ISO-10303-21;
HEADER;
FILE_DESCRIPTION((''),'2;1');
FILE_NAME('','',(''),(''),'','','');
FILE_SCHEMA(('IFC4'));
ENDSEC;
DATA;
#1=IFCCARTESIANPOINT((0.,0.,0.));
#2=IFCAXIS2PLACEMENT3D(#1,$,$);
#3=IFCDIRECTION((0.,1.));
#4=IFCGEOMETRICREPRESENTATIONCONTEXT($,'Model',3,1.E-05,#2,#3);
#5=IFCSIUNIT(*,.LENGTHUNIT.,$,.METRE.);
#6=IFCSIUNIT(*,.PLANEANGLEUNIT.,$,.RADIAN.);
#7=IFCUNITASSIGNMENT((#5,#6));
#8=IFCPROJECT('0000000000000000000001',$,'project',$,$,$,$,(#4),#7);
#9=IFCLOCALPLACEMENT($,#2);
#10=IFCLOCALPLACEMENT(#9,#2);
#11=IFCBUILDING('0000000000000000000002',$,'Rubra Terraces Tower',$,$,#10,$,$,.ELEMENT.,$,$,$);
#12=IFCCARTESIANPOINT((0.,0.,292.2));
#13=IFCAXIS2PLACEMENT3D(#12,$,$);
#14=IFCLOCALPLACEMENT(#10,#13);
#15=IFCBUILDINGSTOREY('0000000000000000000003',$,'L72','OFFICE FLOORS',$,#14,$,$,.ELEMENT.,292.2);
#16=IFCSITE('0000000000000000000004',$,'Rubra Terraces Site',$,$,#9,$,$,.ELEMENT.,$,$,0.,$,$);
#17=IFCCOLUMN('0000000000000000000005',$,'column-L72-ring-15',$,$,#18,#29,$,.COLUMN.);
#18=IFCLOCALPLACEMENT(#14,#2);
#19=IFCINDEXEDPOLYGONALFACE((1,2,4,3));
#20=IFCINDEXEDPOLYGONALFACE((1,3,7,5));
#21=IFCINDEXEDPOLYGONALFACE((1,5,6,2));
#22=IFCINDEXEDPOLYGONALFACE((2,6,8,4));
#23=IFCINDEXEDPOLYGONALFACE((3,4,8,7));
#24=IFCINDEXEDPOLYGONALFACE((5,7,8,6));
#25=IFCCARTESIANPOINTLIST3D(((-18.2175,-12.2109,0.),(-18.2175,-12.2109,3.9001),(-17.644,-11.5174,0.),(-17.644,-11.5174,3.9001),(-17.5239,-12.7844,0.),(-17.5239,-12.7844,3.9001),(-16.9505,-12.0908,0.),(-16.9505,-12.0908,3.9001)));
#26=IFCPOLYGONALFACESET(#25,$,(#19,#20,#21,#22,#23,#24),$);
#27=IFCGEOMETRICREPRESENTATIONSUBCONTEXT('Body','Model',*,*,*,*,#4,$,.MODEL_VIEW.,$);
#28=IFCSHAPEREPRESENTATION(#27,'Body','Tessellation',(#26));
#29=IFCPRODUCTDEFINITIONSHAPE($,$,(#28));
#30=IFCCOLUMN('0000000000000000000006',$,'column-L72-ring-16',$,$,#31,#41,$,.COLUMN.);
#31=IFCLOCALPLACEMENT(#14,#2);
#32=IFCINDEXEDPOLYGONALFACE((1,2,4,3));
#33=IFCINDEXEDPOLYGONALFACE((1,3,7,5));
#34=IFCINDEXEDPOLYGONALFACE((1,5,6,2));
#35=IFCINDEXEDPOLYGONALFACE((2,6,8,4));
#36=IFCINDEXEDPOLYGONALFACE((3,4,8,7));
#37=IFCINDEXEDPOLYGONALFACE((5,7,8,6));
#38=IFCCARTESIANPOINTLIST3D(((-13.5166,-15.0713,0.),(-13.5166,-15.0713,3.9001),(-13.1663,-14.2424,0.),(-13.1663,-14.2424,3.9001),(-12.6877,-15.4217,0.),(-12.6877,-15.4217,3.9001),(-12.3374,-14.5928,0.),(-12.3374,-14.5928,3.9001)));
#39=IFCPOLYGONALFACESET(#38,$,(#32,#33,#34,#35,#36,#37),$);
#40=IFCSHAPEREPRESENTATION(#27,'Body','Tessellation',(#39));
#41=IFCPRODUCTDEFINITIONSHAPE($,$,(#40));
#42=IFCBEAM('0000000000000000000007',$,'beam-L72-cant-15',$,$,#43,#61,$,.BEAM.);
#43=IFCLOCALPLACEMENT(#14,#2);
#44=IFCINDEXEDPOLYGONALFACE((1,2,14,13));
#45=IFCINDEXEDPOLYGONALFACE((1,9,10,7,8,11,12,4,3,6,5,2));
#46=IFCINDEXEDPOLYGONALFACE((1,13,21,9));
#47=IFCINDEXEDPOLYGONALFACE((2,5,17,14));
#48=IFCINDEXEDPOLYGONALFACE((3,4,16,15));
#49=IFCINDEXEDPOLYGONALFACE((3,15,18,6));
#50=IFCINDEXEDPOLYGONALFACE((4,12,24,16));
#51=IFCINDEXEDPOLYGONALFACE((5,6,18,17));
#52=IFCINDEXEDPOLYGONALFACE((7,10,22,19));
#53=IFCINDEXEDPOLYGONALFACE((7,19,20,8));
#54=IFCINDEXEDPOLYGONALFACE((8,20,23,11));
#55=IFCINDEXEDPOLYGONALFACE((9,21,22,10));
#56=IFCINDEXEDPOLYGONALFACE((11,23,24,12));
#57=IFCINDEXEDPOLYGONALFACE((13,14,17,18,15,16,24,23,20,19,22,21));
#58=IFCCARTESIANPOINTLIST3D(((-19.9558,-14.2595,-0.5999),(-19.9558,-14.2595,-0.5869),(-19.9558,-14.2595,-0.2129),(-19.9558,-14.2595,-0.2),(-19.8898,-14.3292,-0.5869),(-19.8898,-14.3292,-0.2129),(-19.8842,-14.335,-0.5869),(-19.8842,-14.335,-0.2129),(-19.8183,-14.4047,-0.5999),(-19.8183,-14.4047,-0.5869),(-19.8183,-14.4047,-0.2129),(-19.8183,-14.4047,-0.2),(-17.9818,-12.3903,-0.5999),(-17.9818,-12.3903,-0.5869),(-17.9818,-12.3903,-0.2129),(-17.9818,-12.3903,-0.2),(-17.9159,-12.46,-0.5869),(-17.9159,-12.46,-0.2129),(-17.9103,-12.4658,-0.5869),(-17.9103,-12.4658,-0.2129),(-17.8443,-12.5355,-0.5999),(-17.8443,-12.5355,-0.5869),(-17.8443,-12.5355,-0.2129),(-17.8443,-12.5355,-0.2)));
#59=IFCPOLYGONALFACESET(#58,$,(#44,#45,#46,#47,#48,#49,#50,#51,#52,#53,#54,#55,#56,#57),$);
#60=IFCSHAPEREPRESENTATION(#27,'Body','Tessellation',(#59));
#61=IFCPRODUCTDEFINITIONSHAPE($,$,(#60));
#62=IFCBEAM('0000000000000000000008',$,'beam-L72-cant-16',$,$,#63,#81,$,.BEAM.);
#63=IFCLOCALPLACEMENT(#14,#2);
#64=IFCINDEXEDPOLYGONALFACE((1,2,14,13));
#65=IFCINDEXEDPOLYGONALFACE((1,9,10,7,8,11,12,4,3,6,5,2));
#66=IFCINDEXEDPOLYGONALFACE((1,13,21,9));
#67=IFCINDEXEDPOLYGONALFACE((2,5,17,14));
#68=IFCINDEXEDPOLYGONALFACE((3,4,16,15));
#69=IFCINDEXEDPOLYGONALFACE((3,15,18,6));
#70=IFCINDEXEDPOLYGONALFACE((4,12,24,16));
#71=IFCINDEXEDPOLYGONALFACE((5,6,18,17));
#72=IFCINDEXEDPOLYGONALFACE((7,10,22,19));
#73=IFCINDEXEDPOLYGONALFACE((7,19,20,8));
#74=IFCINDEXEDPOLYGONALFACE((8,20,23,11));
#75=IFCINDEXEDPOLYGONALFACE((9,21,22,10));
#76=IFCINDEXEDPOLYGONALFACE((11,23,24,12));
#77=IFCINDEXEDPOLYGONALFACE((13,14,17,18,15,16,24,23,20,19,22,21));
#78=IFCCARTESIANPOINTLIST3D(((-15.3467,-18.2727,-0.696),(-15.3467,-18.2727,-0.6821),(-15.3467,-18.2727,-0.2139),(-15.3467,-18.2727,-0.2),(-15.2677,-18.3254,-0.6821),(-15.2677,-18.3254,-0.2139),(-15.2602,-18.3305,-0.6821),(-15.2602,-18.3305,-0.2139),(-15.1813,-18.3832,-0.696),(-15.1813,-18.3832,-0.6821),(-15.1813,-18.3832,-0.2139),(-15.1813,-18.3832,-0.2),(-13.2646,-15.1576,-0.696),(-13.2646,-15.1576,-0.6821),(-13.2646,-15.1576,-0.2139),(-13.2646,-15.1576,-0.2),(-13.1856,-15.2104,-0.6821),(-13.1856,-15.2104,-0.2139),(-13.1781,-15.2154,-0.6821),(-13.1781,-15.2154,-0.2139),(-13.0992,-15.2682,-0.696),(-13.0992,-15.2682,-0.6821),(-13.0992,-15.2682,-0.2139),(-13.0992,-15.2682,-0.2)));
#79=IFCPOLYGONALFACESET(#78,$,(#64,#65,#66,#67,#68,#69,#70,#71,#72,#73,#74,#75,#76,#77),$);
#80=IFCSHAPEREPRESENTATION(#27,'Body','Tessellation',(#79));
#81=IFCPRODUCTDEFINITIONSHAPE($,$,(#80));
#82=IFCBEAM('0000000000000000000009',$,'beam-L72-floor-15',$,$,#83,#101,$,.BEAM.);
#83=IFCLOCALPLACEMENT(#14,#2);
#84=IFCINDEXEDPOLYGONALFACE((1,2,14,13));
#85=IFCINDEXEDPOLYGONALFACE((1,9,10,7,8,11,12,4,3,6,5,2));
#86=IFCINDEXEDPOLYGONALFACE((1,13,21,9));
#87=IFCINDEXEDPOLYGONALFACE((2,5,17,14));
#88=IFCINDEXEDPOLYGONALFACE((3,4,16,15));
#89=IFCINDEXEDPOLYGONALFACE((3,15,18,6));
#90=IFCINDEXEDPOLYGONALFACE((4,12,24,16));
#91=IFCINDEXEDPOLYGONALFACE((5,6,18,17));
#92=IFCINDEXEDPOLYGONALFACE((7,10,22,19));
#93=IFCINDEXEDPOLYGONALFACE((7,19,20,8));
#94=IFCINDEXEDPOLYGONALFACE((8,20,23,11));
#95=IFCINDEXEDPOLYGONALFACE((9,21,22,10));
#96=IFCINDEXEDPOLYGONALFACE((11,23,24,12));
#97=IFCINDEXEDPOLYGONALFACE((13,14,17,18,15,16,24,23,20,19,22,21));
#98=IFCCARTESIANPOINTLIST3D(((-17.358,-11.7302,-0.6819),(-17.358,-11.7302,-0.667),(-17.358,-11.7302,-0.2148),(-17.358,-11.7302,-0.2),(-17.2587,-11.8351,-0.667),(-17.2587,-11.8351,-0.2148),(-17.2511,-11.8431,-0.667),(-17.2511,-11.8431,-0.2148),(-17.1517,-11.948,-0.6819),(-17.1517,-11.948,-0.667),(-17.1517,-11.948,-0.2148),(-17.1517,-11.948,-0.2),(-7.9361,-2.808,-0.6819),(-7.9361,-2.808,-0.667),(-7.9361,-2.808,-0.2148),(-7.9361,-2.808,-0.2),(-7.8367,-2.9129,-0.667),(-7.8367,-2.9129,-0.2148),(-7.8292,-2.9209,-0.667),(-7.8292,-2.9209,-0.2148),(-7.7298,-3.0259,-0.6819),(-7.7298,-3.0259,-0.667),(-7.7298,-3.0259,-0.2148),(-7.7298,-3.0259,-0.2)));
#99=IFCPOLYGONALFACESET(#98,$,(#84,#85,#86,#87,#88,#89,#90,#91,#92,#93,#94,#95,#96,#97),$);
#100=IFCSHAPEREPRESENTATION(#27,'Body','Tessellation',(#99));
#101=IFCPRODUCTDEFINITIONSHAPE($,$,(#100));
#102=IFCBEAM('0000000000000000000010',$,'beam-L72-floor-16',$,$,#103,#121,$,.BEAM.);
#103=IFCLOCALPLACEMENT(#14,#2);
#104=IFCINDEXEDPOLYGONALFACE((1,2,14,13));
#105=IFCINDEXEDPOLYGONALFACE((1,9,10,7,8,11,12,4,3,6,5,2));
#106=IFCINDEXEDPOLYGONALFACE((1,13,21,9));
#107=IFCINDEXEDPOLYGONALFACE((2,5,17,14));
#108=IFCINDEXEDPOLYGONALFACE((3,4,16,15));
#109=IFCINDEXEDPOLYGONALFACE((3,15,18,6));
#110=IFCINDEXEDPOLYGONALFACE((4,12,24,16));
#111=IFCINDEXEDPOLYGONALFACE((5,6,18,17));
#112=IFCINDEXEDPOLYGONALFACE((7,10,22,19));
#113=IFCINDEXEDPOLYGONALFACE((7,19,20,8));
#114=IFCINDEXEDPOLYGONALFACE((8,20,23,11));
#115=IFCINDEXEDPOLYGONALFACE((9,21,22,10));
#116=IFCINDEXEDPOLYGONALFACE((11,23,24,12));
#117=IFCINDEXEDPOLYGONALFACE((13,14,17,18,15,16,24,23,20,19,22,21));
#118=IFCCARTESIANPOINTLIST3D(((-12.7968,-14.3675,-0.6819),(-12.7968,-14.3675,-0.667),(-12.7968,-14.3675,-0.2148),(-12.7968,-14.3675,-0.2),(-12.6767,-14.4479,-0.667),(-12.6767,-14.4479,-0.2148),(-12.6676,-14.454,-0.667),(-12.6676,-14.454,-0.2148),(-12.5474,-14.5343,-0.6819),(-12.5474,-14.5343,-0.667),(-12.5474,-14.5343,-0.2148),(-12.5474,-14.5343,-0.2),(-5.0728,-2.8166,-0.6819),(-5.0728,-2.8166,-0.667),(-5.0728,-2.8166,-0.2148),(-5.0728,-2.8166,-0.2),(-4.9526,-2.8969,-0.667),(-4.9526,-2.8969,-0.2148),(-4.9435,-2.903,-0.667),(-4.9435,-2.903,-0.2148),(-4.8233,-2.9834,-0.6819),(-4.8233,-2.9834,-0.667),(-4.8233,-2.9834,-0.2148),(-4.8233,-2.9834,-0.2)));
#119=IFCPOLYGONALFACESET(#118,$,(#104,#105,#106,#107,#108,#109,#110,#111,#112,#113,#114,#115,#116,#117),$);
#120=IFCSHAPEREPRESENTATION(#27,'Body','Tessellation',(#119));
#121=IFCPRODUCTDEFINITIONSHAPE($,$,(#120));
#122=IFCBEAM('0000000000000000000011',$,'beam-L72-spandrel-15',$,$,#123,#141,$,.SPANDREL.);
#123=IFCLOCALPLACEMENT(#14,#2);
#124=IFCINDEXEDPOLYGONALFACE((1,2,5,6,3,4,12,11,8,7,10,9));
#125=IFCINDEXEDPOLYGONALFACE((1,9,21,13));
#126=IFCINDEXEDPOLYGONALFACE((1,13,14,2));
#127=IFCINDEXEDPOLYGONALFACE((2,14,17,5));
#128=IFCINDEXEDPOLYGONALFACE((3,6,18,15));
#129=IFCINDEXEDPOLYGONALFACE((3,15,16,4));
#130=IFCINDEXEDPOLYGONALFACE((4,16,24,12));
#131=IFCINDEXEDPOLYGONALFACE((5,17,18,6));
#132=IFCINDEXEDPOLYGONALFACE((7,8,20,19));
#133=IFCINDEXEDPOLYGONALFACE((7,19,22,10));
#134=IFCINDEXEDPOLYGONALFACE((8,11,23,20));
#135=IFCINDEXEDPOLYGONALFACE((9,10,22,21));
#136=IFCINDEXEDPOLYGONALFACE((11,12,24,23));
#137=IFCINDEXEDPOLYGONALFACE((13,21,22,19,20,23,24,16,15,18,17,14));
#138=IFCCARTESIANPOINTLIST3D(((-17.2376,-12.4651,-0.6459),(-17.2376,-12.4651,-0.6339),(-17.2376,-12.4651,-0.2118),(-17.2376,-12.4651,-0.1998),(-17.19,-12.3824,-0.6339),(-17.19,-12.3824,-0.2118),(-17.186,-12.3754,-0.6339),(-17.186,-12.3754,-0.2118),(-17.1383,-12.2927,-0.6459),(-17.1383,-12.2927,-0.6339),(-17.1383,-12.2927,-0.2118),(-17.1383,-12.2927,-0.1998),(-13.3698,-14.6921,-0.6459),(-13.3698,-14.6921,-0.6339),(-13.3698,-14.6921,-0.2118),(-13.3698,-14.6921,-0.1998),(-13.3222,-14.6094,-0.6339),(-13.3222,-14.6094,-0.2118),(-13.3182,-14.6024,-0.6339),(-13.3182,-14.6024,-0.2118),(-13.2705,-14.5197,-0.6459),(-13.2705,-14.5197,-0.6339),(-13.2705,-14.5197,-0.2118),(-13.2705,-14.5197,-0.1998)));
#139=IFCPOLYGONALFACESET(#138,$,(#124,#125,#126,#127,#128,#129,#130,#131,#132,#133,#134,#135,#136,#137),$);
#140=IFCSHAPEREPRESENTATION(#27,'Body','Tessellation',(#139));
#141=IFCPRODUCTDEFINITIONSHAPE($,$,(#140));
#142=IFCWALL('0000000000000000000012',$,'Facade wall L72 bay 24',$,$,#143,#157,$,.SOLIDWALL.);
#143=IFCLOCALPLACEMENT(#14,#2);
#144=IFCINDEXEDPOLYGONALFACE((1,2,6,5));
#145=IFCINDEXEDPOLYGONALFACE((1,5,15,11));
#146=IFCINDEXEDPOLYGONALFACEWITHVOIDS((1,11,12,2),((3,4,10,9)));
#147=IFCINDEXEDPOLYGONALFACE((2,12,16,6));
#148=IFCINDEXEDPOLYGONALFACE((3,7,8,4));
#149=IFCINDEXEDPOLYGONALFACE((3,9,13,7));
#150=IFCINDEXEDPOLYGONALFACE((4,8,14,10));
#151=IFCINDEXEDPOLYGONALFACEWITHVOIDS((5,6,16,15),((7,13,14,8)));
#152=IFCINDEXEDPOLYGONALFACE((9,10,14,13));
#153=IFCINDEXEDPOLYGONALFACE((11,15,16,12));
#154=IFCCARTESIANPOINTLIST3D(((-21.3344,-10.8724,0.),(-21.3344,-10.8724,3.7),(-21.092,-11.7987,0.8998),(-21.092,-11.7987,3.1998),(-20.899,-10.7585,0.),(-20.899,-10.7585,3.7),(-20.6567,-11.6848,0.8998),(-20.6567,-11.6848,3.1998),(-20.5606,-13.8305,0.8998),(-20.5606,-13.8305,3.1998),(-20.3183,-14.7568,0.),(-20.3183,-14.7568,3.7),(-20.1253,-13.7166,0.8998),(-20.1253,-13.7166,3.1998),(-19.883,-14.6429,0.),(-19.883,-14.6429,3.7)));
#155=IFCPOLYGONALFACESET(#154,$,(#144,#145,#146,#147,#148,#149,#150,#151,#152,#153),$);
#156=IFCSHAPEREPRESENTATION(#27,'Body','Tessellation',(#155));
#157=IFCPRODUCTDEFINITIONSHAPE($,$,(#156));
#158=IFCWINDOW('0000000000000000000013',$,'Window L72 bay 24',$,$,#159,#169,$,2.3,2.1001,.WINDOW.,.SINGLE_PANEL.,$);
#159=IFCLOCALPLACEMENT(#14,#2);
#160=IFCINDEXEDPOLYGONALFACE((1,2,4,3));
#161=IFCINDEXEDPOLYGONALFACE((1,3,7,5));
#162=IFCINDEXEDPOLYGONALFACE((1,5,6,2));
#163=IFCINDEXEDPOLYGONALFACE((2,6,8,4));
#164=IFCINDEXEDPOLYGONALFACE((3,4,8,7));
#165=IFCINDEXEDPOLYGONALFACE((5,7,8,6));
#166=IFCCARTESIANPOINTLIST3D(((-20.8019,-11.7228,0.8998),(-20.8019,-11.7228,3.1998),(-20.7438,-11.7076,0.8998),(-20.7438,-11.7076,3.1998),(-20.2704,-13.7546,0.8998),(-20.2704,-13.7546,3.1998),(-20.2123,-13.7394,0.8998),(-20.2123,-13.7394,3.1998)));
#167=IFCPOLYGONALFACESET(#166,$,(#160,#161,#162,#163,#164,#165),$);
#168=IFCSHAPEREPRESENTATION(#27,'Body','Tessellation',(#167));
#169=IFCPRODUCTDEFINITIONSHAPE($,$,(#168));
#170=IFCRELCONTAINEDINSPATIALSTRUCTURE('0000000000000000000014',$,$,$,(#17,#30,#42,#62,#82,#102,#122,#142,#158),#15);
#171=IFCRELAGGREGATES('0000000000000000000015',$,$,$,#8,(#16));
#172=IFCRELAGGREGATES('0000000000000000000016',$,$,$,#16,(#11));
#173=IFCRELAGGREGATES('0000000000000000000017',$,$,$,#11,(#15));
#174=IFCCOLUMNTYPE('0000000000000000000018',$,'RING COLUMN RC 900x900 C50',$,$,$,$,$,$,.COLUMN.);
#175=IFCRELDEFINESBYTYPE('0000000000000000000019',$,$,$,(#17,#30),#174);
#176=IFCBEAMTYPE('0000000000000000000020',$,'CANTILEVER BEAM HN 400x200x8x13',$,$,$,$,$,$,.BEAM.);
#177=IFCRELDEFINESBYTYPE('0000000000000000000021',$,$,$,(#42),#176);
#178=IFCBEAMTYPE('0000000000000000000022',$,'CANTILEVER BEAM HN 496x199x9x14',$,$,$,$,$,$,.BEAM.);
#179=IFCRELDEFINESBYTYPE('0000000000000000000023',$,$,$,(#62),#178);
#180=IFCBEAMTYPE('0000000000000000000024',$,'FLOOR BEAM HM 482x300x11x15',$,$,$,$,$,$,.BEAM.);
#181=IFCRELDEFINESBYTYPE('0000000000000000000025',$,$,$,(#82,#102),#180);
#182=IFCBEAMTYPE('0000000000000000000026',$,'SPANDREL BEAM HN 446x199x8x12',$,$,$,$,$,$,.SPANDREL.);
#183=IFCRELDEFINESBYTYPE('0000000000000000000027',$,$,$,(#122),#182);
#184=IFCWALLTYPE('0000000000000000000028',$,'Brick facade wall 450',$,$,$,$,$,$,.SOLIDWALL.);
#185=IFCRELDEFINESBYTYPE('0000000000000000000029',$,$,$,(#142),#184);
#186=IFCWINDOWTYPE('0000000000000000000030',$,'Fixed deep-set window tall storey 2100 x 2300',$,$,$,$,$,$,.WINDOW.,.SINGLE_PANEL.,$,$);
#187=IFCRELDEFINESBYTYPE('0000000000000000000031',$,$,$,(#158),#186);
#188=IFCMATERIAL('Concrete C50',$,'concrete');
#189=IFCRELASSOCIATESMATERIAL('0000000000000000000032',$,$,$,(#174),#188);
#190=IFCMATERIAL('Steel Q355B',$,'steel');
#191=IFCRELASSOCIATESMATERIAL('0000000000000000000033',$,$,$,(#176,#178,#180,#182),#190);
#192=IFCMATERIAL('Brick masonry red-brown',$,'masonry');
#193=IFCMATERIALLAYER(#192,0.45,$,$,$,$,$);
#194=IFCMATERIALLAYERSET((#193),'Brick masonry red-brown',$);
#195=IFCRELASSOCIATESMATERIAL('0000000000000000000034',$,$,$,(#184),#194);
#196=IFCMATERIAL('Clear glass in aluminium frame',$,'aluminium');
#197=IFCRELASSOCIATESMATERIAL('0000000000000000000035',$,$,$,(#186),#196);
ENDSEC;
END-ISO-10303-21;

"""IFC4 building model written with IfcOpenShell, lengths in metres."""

from ifc_helpers import new_model, si_unit, direction, frame, frame_2d, origin, origin_2d, place, context, subcontext, project, spatial, rectangle, i_section, extrude, material, layer, layer_set, material_profile, profile_set, type_object, element, fill, save


model = new_model("IFC4")

# Units and contexts
model_context = context("Model", 3, precision=1e-05, world=origin(), true_north=direction((0.0, 1.0)))
body_context = subcontext(model_context, "Body", "Model", "MODEL_VIEW")
ifc_project = project(units=[si_unit("LENGTHUNIT", "METRE"), si_unit("PLANEANGLEUNIT", "RADIAN")], contexts=[model_context])

# Site, building, storey
site_placement = place(None, origin())
site = spatial("IfcSite", under=ifc_project, at=site_placement, Name="Rubra Terraces Site", CompositionType="ELEMENT", RefElevation=0.0)
building_placement = place(site_placement, origin())
building = spatial("IfcBuilding", under=site, at=building_placement, Name="Rubra Terraces Tower", CompositionType="ELEMENT")
storey_placement = place(building_placement, frame((0.0, 0.0, 292.2)))
storey = spatial("IfcBuildingStorey", under=building, at=storey_placement, Name="L72", Description="OFFICE FLOORS", CompositionType="ELEMENT", Elevation=292.2)

# Columns
ifc_material_1 = material(Name="Concrete C50", Category="concrete")
ifc_material_profile_1 = material_profile(ifc_material_1, rectangle(XDim=0.8999, YDim=0.8999, at=origin_2d()), Name="RC 900x900")
ifc_profile_set_1 = profile_set([ifc_material_profile_1], Name="Concrete C50")
column_type = type_object("IfcColumnType", Name="RING COLUMN RC 900x900 C50", PredefinedType="COLUMN", material=ifc_profile_set_1)
for number, where, z_axis, x_axis, name in (
    (1, (-17.584, -12.1509, 0.0), (0.0, 0.0, 1.0), (0.770679, -0.637223, 0.0), "column-L72-ring-15"),
    (2, (-12.927, -14.832, 0.0), (0.0, 0.0, 1.0), (0.921106, -0.389313, 0.0), "column-L72-ring-16"),
):
    element("IfcColumn", number, at=place(storey_placement, frame(where, z_axis=z_axis, x_axis=x_axis)), inside=storey, type_object=column_type, Name=name, PredefinedType="COLUMN", context=body_context, shape_type="SweptSolid", body=[
        extrude(rectangle(XDim=0.8999, YDim=0.8999, at=origin_2d()), origin(), (0.0, 0.0, 1.0), 3.9001),
    ])

# Beams
ifc_material_2 = material(Name="Steel Q355B", Category="steel")
ifc_material_profile_2 = material_profile(ifc_material_2, i_section(OverallWidth=0.2, OverallDepth=0.3999, WebThickness=0.0081, FlangeThickness=0.0129, at=origin_2d()), Name="HN 400x200x8x13")
ifc_profile_set_2 = profile_set([ifc_material_profile_2], Name="Steel Q355B")
beam_type_1 = type_object("IfcBeamType", Name="CANTILEVER BEAM HN 400x200x8x13", PredefinedType="BEAM", material=ifc_profile_set_2)
beam_1_placement = place(storey_placement, frame((-17.9131, -12.4629, -0.3999), z_axis=(-0.726108, -0.68758, 0.0), x_axis=(0.68758, -0.726108, 0.0)))
element("IfcBeam", 3, at=beam_1_placement, inside=storey, type_object=beam_type_1, Name="beam-L72-cant-15", PredefinedType="BEAM", context=body_context, shape_type="SweptSolid", body=[
    extrude(i_section(OverallWidth=0.2, OverallDepth=0.3999, WebThickness=0.0081, FlangeThickness=0.0129, at=origin_2d()), origin(), (0.0, 0.0, 1.0), 2.7185),
])
ifc_material_profile_3 = material_profile(ifc_material_2, i_section(OverallWidth=0.199, OverallDepth=0.4961, WebThickness=0.009, FlangeThickness=0.0139, at=origin_2d()), Name="HN 496x199x9x14")
ifc_profile_set_3 = profile_set([ifc_material_profile_3], Name="Steel Q355B")
beam_type_2 = type_object("IfcBeamType", Name="CANTILEVER BEAM HN 496x199x9x14", PredefinedType="BEAM", material=ifc_profile_set_3)
beam_2_placement = place(storey_placement, frame((-13.1819, -15.2129, -0.448), z_axis=(-0.555692, -0.831388, 0.0), x_axis=(0.831388, -0.555692, 0.0)))
element("IfcBeam", 4, at=beam_2_placement, inside=storey, type_object=beam_type_2, Name="beam-L72-cant-16", PredefinedType="BEAM", context=body_context, shape_type="SweptSolid", body=[
    extrude(i_section(OverallWidth=0.199, OverallDepth=0.4961, WebThickness=0.009, FlangeThickness=0.0139, at=origin_2d()), origin(), (0.0, 0.0, 1.0), 3.7468),
])
ifc_material_profile_4 = material_profile(ifc_material_2, i_section(OverallWidth=0.3, OverallDepth=0.4819, WebThickness=0.011, FlangeThickness=0.0149, at=origin_2d()), Name="HM 482x300x11x15")
ifc_profile_set_4 = profile_set([ifc_material_profile_4], Name="Steel Q355B")
beam_type_3 = type_object("IfcBeamType", Name="FLOOR BEAM HM 482x300x11x15", PredefinedType="BEAM", material=ifc_profile_set_4)
beam_3_placement = place(storey_placement, frame((-17.2549, -11.8391, -0.4409), z_axis=(0.726101, 0.687588, 0.0), x_axis=(-0.687588, 0.726101, 0.0)))
element("IfcBeam", 5, at=beam_3_placement, inside=storey, type_object=beam_type_3, Name="beam-L72-floor-15", PredefinedType="BEAM", context=body_context, shape_type="SweptSolid", body=[
    extrude(i_section(OverallWidth=0.3, OverallDepth=0.4819, WebThickness=0.011, FlangeThickness=0.0149, at=origin_2d()), origin(), (0.0, 0.0, 1.0), 12.9761),
])
beam_4_placement = place(storey_placement, frame((-12.6721, -14.4509, -0.4409), z_axis=(0.555867, 0.831271, 0.0), x_axis=(-0.831271, 0.555867, 0.0)))
element("IfcBeam", 6, at=beam_4_placement, inside=storey, type_object=beam_type_3, Name="beam-L72-floor-16", PredefinedType="BEAM", context=body_context, shape_type="SweptSolid", body=[
    extrude(i_section(OverallWidth=0.3, OverallDepth=0.4819, WebThickness=0.011, FlangeThickness=0.0149, at=origin_2d()), origin(), (0.0, 0.0, 1.0), 13.8955),
])
ifc_material_profile_5 = material_profile(ifc_material_2, i_section(OverallWidth=0.199, OverallDepth=0.446, WebThickness=0.0081, FlangeThickness=0.012, at=origin_2d()), Name="HN 446x199x8x12")
ifc_profile_set_5 = profile_set([ifc_material_profile_5], Name="Steel Q355B")
beam_type_4 = type_object("IfcBeamType", Name="SPANDREL BEAM HN 446x199x8x12", PredefinedType="SPANDREL", material=ifc_profile_set_5)
beam_5_placement = place(storey_placement, frame((-17.188, -12.3789, -0.4229), z_axis=(0.866616, -0.498976, 0.0), x_axis=(0.498976, 0.866616, 0.0)))
element("IfcBeam", 7, at=beam_5_placement, inside=storey, type_object=beam_type_4, Name="beam-L72-spandrel-15", PredefinedType="SPANDREL", context=body_context, shape_type="SweptSolid", body=[
    extrude(i_section(OverallWidth=0.199, OverallDepth=0.446, WebThickness=0.0081, FlangeThickness=0.012, at=origin_2d()), origin(), (0.0, 0.0, 1.0), 4.4631),
])

# Wall, opening, window
ifc_material_3 = material(Name="Brick masonry red-brown", Category="masonry")
ifc_layer_1 = layer(ifc_material_3, 0.45)
ifc_layer_set_1 = layer_set([ifc_layer_1], Name="Brick masonry red-brown")
wall_type_1 = type_object("IfcWallType", Name="Brick facade wall 450", PredefinedType="SOLIDWALL", material=ifc_layer_set_1)
wall_1_placement = place(storey_placement, frame((-21.1167, -10.8154, 0.0), z_axis=(0.0, 0.0, 1.0), x_axis=(0.253065, -0.967449, 0.0)))
wall_1 = element("IfcWall", 8, at=wall_1_placement, inside=storey, type_object=wall_type_1, Name="Facade wall L72 bay 24", PredefinedType="SOLIDWALL", context=body_context, shape_type="SweptSolid", body=[
    extrude(rectangle(XDim=4.0151, YDim=0.45, at=frame_2d((2.0076, 0.0))), origin(), (0.0, 0.0, 1.0), 3.7),
])
opening_1_placement = place(wall_1_placement, frame((0.9575, 0.0, 0.8999)))
opening_1 = element("IfcOpeningElement", 9, at=opening_1_placement, cuts=wall_1, PredefinedType="OPENING", context=body_context, shape_type="SweptSolid", body=[
    extrude(rectangle(XDim=2.1001, YDim=2.3, at=frame_2d((1.05, 1.1499))), frame((0.0, 0.2349, 0.0), z_axis=(0.0, -1.0, 0.0), x_axis=(1.0, 0.0, 0.0)), (0.0, 0.0, 1.0), 0.47),
])
ifc_material_4 = material(Name="Clear glass in aluminium frame", Category="aluminium")
window_type = type_object("IfcWindowType", Name="Fixed deep-set window tall storey 2100 x 2300", PartitioningType="SINGLE_PANEL", PredefinedType="WINDOW", material=ifc_material_4)
window_1_placement = place(opening_1_placement, origin())
window_1 = element("IfcWindow", 10, at=window_1_placement, inside=storey, type_object=window_type, Name="Window L72 bay 24", OverallHeight=2.3, OverallWidth=2.1001, PartitioningType="SINGLE_PANEL", PredefinedType="WINDOW", context=body_context, shape_type="SweptSolid", body=[
    extrude(rectangle(XDim=2.1001, YDim=2.3, at=frame_2d((1.05, 1.1499))), frame((0.0, 0.135, 0.0), z_axis=(0.0, -1.0, 0.0), x_axis=(1.0, 0.0, 0.0)), (0.0, 0.0, 1.0), 0.0601),
])
fill(opening_1, window_1)

save(model, "model.ifc")
